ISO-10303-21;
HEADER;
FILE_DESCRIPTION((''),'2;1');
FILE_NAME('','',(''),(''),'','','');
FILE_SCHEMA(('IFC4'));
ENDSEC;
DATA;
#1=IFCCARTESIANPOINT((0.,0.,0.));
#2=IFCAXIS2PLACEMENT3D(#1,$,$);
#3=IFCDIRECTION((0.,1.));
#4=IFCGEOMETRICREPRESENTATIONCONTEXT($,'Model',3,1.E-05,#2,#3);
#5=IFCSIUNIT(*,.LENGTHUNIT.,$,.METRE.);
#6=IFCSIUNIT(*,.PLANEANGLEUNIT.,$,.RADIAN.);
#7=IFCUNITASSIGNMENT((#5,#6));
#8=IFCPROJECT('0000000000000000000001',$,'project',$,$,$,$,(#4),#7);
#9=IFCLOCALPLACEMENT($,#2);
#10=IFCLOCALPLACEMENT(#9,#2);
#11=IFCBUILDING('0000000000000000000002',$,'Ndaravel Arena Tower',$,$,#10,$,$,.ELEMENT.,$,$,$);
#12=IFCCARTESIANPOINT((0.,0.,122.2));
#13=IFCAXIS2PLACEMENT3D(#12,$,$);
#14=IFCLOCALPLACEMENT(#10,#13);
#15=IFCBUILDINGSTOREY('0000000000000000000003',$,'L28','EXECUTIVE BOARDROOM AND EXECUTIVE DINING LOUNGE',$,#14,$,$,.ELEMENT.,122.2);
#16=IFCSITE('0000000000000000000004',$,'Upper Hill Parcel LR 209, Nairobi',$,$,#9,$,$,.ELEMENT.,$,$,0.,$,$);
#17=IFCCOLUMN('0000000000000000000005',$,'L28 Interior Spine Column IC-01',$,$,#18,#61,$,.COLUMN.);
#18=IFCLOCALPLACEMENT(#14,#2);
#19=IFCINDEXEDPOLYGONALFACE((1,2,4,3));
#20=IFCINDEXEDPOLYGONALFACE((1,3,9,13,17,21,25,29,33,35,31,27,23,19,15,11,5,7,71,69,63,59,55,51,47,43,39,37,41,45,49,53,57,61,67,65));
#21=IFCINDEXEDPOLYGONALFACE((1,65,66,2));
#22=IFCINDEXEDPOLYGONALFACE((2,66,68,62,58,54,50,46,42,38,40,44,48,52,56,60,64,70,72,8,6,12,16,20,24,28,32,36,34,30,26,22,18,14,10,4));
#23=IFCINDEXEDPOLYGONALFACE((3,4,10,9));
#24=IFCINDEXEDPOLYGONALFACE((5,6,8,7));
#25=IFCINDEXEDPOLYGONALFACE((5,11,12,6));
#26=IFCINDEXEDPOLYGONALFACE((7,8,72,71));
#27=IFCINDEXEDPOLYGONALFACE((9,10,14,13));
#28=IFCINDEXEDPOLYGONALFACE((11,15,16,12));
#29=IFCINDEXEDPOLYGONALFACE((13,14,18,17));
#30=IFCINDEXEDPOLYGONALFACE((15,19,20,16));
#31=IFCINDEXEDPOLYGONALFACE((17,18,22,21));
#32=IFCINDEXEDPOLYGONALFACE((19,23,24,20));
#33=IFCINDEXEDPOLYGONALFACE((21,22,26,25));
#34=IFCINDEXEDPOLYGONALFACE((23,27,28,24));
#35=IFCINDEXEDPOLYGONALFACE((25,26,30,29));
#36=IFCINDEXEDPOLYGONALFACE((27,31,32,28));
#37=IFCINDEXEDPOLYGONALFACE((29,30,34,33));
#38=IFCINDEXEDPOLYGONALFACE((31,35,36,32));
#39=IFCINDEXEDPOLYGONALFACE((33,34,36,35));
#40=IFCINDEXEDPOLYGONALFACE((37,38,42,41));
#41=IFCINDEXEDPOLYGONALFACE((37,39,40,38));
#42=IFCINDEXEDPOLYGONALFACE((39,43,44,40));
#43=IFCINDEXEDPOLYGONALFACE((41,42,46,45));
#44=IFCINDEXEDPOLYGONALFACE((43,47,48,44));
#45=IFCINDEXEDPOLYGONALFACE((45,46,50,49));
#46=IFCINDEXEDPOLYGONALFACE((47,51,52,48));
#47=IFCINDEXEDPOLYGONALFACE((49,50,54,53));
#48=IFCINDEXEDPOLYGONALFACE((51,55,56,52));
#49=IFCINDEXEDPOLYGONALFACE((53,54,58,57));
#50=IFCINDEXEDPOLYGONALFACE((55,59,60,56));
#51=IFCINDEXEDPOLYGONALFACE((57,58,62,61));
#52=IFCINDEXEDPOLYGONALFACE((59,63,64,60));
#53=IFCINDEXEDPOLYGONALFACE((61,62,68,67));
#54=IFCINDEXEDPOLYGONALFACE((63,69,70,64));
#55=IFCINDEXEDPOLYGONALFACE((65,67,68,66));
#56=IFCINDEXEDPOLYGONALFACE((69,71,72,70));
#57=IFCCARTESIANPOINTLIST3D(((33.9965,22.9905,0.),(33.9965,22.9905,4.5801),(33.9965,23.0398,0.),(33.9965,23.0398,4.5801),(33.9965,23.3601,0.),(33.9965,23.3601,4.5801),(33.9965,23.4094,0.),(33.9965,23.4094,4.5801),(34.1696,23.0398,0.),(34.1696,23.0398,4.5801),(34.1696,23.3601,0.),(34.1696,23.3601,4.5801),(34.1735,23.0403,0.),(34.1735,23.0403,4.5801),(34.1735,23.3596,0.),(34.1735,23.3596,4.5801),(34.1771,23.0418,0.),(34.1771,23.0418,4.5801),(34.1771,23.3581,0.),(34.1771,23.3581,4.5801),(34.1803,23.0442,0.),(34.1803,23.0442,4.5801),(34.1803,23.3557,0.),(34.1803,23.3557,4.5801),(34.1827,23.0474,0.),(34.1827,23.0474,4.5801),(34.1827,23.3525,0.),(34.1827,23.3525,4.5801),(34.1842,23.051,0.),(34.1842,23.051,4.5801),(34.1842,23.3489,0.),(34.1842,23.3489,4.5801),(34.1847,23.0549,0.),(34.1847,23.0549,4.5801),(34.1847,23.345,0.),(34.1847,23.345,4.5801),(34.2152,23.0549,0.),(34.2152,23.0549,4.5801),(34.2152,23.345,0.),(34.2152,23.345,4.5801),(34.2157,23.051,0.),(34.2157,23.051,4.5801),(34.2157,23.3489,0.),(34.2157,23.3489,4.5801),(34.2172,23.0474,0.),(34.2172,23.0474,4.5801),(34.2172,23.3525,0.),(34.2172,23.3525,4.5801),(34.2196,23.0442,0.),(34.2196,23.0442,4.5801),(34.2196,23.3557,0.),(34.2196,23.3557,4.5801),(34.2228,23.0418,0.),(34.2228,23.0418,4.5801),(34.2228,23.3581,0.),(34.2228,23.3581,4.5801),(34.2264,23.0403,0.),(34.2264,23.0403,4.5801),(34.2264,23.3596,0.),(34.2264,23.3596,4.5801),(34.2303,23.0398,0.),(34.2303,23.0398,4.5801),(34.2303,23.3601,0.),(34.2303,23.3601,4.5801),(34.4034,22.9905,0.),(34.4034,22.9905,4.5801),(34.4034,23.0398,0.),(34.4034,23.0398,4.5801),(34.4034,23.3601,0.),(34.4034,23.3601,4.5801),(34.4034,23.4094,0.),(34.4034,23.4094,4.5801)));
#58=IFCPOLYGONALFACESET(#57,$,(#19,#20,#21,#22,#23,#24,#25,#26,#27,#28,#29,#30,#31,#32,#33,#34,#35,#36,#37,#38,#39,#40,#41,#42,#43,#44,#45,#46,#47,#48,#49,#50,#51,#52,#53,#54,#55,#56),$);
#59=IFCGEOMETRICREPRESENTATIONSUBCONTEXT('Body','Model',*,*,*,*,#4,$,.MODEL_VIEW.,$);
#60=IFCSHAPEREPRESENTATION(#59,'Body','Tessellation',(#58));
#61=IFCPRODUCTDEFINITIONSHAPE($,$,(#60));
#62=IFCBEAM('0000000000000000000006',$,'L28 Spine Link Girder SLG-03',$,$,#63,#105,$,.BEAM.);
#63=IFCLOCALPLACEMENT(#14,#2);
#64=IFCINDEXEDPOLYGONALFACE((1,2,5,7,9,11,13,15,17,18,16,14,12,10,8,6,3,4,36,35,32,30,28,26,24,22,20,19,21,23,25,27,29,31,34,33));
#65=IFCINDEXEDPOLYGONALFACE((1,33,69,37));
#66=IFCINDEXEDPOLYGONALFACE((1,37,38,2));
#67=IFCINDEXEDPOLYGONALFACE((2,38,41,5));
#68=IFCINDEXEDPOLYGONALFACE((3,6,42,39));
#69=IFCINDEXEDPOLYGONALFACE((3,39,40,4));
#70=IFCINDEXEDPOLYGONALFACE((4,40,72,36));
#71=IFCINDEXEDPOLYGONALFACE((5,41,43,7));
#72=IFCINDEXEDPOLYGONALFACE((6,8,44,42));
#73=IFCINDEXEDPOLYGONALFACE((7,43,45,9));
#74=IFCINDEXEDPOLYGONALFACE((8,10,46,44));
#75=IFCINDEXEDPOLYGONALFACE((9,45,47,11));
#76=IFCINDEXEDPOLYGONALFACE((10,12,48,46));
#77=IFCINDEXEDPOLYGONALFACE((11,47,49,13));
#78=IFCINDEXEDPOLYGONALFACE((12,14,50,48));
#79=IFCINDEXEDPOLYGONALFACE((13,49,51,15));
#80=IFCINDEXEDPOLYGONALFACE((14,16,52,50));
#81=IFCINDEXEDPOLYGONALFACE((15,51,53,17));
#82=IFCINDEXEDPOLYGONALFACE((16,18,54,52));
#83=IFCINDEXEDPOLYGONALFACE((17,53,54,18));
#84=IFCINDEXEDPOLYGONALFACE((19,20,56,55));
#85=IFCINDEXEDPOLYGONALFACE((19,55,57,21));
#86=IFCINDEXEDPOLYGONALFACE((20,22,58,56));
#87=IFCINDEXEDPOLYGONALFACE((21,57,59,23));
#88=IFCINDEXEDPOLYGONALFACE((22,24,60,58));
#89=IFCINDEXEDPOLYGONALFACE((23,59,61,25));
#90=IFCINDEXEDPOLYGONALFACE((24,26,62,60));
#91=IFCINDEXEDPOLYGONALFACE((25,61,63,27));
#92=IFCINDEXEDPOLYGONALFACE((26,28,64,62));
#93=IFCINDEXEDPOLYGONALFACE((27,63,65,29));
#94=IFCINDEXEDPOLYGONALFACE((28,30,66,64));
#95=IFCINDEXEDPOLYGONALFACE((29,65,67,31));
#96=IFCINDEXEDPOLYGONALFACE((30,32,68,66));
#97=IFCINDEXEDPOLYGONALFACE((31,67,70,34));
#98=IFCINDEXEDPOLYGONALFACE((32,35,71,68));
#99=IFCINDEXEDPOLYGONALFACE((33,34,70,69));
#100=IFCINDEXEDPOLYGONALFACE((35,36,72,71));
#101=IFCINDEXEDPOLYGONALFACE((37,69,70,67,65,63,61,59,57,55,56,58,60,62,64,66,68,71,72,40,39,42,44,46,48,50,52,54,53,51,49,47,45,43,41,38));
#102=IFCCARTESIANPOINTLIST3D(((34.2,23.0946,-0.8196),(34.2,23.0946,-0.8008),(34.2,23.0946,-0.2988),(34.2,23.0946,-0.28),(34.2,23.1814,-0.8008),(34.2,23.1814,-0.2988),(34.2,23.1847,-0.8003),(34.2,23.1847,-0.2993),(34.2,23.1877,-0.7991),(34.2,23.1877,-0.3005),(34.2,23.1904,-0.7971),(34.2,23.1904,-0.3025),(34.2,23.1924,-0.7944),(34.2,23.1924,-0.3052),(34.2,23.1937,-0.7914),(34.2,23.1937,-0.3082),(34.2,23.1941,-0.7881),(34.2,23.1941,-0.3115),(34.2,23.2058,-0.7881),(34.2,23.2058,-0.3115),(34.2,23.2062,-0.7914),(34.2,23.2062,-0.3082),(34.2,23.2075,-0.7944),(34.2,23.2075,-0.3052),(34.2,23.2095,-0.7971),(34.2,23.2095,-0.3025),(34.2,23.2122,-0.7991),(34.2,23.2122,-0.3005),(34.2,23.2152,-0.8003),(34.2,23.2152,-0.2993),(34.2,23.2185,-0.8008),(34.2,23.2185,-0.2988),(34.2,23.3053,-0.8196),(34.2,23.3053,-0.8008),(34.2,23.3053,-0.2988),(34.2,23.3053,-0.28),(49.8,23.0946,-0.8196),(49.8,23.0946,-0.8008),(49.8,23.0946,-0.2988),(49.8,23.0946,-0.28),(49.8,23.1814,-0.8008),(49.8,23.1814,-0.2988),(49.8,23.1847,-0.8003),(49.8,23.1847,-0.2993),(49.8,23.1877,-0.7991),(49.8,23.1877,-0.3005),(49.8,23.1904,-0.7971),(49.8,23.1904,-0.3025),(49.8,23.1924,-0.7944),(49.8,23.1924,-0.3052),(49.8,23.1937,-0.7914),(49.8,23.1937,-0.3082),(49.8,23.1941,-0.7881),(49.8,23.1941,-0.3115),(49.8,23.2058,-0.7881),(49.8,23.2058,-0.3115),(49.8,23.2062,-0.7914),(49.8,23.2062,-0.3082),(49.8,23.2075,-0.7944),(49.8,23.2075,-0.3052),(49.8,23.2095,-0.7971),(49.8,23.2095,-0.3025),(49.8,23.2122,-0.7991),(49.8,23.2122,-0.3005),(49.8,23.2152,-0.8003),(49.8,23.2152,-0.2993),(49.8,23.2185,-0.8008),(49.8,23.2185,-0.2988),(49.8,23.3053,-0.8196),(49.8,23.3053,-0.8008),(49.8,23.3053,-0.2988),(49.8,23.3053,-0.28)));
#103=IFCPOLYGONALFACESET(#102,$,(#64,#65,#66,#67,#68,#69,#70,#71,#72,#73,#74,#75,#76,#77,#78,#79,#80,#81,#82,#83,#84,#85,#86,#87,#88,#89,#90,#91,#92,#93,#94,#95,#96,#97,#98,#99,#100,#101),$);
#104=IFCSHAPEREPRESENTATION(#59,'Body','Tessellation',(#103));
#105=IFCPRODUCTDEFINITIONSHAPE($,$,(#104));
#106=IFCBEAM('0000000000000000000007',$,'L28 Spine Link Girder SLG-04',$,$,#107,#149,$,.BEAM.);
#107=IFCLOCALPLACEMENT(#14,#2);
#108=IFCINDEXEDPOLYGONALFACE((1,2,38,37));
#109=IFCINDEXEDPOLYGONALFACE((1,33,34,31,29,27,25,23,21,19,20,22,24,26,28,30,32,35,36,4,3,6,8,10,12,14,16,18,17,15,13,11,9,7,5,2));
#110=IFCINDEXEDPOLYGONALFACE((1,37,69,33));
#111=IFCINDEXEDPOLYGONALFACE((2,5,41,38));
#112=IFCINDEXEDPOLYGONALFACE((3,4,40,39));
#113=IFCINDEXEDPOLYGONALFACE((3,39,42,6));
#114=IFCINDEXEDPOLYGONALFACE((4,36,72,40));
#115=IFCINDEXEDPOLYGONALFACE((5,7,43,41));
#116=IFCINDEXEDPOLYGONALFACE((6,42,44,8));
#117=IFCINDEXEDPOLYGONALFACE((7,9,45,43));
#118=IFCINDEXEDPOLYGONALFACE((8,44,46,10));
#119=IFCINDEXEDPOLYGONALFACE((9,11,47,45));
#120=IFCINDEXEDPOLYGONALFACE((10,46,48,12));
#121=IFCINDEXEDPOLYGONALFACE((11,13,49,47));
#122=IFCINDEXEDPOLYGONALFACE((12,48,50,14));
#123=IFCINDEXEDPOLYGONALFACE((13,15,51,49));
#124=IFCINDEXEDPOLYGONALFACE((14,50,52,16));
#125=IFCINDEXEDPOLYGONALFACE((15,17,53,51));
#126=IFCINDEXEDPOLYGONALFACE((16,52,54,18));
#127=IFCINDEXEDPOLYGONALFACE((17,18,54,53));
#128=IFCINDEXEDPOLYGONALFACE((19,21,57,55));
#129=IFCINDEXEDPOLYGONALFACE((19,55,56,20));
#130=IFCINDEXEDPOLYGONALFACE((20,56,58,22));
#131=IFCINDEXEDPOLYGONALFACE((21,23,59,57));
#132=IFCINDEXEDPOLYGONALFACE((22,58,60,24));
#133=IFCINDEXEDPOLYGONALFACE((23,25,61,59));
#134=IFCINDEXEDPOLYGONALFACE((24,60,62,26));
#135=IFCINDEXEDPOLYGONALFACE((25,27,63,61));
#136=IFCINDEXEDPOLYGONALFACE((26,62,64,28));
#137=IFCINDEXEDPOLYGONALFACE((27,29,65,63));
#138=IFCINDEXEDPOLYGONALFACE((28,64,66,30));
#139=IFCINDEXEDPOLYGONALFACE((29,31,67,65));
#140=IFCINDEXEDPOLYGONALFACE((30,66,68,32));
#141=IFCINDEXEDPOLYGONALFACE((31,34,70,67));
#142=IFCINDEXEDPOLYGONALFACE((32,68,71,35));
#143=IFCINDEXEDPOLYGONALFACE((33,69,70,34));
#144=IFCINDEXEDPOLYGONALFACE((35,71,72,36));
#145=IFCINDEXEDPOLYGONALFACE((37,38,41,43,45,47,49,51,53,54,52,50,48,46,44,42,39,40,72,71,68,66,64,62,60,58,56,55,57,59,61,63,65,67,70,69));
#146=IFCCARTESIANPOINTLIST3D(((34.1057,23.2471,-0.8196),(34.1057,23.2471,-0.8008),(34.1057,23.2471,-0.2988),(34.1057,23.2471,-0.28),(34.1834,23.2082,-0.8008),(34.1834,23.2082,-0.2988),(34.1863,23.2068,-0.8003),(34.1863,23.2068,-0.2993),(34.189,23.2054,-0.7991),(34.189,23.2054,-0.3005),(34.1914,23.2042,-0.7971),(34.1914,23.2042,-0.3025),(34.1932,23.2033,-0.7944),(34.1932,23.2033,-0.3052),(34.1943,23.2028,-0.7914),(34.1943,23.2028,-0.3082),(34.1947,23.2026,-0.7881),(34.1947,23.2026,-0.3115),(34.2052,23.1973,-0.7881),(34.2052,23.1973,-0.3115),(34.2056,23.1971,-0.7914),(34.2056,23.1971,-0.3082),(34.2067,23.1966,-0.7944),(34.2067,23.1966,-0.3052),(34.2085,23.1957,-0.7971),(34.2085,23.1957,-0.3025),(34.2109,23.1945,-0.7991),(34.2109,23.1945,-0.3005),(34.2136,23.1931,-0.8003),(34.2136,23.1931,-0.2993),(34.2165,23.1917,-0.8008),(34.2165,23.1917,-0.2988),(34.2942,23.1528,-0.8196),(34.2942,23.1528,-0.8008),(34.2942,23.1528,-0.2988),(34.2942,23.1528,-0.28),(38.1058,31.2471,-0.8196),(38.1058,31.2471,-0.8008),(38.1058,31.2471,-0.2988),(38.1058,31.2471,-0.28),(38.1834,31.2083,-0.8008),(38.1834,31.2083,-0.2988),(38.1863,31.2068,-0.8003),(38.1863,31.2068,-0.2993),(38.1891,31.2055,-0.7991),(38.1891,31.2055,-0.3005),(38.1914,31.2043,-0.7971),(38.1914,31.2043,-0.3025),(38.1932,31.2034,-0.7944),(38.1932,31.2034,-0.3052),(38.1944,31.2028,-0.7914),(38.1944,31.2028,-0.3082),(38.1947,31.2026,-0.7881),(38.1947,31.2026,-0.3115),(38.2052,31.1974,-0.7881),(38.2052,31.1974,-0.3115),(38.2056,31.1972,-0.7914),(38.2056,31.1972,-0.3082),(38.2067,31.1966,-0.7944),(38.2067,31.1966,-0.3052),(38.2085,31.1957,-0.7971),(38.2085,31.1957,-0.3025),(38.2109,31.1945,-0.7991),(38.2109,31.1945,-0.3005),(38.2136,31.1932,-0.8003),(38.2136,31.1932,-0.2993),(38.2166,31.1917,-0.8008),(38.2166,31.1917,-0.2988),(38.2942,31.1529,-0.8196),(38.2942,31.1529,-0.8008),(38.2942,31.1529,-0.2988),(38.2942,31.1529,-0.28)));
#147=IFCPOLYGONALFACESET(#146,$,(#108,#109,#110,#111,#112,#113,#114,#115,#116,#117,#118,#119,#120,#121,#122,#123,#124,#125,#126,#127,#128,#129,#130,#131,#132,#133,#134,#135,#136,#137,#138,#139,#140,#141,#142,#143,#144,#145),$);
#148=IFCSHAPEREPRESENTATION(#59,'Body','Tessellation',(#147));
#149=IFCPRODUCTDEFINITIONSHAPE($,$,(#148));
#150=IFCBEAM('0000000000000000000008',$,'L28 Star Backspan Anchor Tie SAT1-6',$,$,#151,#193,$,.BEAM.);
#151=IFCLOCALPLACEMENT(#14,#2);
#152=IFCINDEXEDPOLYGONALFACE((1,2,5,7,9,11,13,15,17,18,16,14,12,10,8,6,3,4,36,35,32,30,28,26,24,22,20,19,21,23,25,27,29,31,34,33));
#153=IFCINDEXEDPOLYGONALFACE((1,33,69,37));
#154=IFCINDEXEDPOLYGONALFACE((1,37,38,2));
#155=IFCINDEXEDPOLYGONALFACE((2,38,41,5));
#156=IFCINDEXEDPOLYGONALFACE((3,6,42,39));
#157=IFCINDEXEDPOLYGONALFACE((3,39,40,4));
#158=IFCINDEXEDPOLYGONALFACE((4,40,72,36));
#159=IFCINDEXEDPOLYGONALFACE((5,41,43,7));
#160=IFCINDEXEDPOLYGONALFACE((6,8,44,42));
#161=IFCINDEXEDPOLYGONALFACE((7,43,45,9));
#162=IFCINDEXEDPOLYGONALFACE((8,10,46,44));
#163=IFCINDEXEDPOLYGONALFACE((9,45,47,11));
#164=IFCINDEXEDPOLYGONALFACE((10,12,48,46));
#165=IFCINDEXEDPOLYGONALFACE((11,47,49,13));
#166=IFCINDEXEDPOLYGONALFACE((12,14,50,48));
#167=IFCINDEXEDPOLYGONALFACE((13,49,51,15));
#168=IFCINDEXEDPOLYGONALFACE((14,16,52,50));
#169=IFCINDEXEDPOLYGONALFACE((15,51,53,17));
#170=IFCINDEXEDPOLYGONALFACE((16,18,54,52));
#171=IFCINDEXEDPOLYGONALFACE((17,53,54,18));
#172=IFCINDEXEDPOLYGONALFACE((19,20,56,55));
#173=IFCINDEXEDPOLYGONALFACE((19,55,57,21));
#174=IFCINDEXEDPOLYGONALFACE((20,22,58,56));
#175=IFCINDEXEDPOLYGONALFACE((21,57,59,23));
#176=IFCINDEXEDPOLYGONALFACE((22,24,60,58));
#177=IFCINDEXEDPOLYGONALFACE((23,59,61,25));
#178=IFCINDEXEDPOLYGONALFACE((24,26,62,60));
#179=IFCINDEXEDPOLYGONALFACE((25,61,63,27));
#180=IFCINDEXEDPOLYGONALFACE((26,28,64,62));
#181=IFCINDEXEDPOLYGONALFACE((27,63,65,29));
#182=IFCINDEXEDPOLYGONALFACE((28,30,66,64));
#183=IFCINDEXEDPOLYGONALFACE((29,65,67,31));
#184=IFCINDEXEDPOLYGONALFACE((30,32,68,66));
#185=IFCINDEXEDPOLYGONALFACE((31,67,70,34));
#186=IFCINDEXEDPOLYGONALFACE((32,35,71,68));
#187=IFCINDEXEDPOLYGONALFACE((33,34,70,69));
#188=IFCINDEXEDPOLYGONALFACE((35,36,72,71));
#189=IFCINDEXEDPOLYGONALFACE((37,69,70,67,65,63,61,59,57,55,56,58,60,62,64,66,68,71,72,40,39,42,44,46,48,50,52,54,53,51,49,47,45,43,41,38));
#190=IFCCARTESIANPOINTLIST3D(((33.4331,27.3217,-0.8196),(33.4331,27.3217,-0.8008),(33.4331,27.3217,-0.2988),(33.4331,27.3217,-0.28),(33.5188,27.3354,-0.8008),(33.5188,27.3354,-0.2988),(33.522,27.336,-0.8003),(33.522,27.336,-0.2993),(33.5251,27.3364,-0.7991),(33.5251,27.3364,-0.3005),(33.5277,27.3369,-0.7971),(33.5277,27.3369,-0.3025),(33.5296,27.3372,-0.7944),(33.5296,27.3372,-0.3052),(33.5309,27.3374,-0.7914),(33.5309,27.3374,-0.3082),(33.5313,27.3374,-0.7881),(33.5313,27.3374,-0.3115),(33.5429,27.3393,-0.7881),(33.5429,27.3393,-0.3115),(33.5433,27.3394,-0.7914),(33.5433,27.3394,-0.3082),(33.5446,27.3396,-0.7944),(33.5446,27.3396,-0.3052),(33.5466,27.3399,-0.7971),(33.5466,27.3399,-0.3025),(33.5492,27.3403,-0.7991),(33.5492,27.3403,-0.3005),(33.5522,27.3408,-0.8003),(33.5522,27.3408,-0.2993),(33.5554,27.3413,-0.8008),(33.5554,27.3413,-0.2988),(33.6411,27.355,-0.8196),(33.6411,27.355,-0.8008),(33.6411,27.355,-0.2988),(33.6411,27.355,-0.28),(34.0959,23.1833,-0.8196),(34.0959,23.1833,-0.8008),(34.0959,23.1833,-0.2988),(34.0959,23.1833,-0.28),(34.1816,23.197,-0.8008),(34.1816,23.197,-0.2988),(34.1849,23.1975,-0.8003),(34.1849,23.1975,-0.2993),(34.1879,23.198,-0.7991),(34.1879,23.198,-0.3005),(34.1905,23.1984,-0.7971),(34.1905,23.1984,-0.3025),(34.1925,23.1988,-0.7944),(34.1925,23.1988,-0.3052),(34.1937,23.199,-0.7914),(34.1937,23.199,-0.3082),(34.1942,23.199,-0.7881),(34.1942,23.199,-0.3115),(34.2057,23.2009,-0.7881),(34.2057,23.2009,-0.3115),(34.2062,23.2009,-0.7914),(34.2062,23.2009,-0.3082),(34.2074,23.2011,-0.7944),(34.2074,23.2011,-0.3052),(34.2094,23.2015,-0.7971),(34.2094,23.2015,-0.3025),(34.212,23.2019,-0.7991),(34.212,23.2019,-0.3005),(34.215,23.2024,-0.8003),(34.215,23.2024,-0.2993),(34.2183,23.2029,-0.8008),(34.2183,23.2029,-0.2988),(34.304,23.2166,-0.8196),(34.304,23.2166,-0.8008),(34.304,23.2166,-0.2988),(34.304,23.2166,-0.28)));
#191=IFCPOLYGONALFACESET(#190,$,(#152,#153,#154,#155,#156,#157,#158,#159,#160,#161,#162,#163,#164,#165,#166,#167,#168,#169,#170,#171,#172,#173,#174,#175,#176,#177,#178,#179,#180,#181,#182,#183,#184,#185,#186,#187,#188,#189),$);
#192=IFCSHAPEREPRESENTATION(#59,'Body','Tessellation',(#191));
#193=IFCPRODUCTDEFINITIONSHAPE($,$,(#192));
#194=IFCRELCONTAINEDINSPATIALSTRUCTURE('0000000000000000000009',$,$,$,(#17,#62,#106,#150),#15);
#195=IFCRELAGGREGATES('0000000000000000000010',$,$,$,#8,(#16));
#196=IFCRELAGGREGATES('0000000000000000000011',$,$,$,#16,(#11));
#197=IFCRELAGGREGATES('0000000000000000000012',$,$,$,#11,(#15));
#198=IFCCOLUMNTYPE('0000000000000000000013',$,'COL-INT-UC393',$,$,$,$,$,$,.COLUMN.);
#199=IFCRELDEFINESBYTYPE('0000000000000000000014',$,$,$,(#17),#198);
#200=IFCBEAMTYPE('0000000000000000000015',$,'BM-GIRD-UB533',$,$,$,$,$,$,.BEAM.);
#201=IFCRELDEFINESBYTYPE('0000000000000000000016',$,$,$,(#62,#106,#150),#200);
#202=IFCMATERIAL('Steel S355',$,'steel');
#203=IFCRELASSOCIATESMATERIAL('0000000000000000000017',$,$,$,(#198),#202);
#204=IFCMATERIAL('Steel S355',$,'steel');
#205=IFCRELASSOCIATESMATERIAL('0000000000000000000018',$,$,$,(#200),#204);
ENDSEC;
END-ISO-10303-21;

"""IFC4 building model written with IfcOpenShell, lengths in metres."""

from ifc_helpers import new_model, si_unit, direction, frame, origin, origin_2d, place, context, subcontext, project, spatial, i_section, extrude, material, material_profile, profile_set, type_object, element, save


model = new_model("IFC4")

# Units and contexts
model_context = context("Model", 3, precision=1e-05, world=origin(), true_north=direction((0.0, 1.0)))
body_context = subcontext(model_context, "Body", "Model", "MODEL_VIEW")
ifc_project = project(units=[si_unit("LENGTHUNIT", "METRE"), si_unit("PLANEANGLEUNIT", "RADIAN")], contexts=[model_context])

# Site, building, storey
site_placement = place(None, origin())
site = spatial("IfcSite", under=ifc_project, at=site_placement, Name="Upper Hill Parcel LR 209, Nairobi", CompositionType="ELEMENT", RefElevation=0.0)
building_placement = place(site_placement, origin())
building = spatial("IfcBuilding", under=site, at=building_placement, Name="Ndaravel Arena Tower", CompositionType="ELEMENT")
storey_placement = place(building_placement, frame((0.0, 0.0, 122.2)))
storey = spatial("IfcBuildingStorey", under=building, at=storey_placement, Name="L28", Description="EXECUTIVE BOARDROOM AND EXECUTIVE DINING LOUNGE", CompositionType="ELEMENT", Elevation=122.2)

# Column
ifc_material_1 = material(Name="Steel S355", Category="steel")
ifc_material_profile_1 = material_profile(ifc_material_1, i_section(OverallWidth=0.407, OverallDepth=0.4189, WebThickness=0.0305, FlangeThickness=0.0493, FilletRadius=0.0151, at=origin_2d()), Name="UC 356x406x393")
ifc_profile_set_1 = profile_set([ifc_material_profile_1], Name="Steel S355")
column_type = type_object("IfcColumnType", Name="COL-INT-UC393", PredefinedType="COLUMN", material=ifc_profile_set_1)
column_placement = place(storey_placement, frame((34.2, 23.2, 0.0), z_axis=(0.0, 0.0, 1.0), x_axis=(1.0, 0.0, 0.0)))
element("IfcColumn", 1, at=column_placement, inside=storey, type_object=column_type, Name="L28 Interior Spine Column IC-01", PredefinedType="COLUMN", context=body_context, shape_type="SweptSolid", body=[
    extrude(i_section(OverallWidth=0.407, OverallDepth=0.4189, WebThickness=0.0305, FlangeThickness=0.0493, FilletRadius=0.0151, at=origin_2d()), origin(), (0.0, 0.0, 1.0), 4.5801),
])

# Beams
ifc_material_2 = material(Name="Steel S355", Category="steel")
ifc_material_profile_2 = material_profile(ifc_material_2, i_section(OverallWidth=0.2107, OverallDepth=0.5396, WebThickness=0.0117, FlangeThickness=0.0188, FilletRadius=0.0127, at=origin_2d()), Name="UB 533x210x109")
ifc_profile_set_2 = profile_set([ifc_material_profile_2], Name="Steel S355")
beam_type_1 = type_object("IfcBeamType", Name="BM-GIRD-UB533", PredefinedType="BEAM", material=ifc_profile_set_2)
beam_1_placement = place(storey_placement, frame((34.2, 23.2, -0.5498), z_axis=(1.0, 0.0, 0.0), x_axis=(0.0, 1.0, 0.0)))
element("IfcBeam", 2, at=beam_1_placement, inside=storey, type_object=beam_type_1, Name="L28 Spine Link Girder SLG-03", PredefinedType="BEAM", context=body_context, shape_type="SweptSolid", body=[
    extrude(i_section(OverallWidth=0.2107, OverallDepth=0.5396, WebThickness=0.0117, FlangeThickness=0.0188, FilletRadius=0.0127, at=origin_2d()), origin(), (0.0, 0.0, 1.0), 15.6001),
])
beam_2_placement = place(storey_placement, frame((34.2, 23.2, -0.5498), z_axis=(0.447214, 0.894427, 0.0), x_axis=(-0.894427, 0.447214, 0.0)))
element("IfcBeam", 3, at=beam_2_placement, inside=storey, type_object=beam_type_1, Name="L28 Spine Link Girder SLG-04", PredefinedType="BEAM", context=body_context, shape_type="SweptSolid", body=[
    extrude(i_section(OverallWidth=0.2107, OverallDepth=0.5396, WebThickness=0.0117, FlangeThickness=0.0188, FilletRadius=0.0127, at=origin_2d()), origin(), (0.0, 0.0, 1.0), 8.9443),
])
beam_3_placement = place(storey_placement, frame((34.2, 23.2, -0.5498), z_axis=(-0.158152, 0.987415, 0.0), x_axis=(-0.987415, -0.158152, 0.0)))
element("IfcBeam", 4, at=beam_3_placement, inside=storey, type_object=beam_type_1, Name="L28 Star Backspan Anchor Tie SAT1-6", PredefinedType="BEAM", context=body_context, shape_type="SweptSolid", body=[
    extrude(i_section(OverallWidth=0.2107, OverallDepth=0.5396, WebThickness=0.0117, FlangeThickness=0.0188, FilletRadius=0.0127, at=origin_2d()), origin(), (0.0, 0.0, 1.0), 4.1912),
])

save(model, "model.ifc")
